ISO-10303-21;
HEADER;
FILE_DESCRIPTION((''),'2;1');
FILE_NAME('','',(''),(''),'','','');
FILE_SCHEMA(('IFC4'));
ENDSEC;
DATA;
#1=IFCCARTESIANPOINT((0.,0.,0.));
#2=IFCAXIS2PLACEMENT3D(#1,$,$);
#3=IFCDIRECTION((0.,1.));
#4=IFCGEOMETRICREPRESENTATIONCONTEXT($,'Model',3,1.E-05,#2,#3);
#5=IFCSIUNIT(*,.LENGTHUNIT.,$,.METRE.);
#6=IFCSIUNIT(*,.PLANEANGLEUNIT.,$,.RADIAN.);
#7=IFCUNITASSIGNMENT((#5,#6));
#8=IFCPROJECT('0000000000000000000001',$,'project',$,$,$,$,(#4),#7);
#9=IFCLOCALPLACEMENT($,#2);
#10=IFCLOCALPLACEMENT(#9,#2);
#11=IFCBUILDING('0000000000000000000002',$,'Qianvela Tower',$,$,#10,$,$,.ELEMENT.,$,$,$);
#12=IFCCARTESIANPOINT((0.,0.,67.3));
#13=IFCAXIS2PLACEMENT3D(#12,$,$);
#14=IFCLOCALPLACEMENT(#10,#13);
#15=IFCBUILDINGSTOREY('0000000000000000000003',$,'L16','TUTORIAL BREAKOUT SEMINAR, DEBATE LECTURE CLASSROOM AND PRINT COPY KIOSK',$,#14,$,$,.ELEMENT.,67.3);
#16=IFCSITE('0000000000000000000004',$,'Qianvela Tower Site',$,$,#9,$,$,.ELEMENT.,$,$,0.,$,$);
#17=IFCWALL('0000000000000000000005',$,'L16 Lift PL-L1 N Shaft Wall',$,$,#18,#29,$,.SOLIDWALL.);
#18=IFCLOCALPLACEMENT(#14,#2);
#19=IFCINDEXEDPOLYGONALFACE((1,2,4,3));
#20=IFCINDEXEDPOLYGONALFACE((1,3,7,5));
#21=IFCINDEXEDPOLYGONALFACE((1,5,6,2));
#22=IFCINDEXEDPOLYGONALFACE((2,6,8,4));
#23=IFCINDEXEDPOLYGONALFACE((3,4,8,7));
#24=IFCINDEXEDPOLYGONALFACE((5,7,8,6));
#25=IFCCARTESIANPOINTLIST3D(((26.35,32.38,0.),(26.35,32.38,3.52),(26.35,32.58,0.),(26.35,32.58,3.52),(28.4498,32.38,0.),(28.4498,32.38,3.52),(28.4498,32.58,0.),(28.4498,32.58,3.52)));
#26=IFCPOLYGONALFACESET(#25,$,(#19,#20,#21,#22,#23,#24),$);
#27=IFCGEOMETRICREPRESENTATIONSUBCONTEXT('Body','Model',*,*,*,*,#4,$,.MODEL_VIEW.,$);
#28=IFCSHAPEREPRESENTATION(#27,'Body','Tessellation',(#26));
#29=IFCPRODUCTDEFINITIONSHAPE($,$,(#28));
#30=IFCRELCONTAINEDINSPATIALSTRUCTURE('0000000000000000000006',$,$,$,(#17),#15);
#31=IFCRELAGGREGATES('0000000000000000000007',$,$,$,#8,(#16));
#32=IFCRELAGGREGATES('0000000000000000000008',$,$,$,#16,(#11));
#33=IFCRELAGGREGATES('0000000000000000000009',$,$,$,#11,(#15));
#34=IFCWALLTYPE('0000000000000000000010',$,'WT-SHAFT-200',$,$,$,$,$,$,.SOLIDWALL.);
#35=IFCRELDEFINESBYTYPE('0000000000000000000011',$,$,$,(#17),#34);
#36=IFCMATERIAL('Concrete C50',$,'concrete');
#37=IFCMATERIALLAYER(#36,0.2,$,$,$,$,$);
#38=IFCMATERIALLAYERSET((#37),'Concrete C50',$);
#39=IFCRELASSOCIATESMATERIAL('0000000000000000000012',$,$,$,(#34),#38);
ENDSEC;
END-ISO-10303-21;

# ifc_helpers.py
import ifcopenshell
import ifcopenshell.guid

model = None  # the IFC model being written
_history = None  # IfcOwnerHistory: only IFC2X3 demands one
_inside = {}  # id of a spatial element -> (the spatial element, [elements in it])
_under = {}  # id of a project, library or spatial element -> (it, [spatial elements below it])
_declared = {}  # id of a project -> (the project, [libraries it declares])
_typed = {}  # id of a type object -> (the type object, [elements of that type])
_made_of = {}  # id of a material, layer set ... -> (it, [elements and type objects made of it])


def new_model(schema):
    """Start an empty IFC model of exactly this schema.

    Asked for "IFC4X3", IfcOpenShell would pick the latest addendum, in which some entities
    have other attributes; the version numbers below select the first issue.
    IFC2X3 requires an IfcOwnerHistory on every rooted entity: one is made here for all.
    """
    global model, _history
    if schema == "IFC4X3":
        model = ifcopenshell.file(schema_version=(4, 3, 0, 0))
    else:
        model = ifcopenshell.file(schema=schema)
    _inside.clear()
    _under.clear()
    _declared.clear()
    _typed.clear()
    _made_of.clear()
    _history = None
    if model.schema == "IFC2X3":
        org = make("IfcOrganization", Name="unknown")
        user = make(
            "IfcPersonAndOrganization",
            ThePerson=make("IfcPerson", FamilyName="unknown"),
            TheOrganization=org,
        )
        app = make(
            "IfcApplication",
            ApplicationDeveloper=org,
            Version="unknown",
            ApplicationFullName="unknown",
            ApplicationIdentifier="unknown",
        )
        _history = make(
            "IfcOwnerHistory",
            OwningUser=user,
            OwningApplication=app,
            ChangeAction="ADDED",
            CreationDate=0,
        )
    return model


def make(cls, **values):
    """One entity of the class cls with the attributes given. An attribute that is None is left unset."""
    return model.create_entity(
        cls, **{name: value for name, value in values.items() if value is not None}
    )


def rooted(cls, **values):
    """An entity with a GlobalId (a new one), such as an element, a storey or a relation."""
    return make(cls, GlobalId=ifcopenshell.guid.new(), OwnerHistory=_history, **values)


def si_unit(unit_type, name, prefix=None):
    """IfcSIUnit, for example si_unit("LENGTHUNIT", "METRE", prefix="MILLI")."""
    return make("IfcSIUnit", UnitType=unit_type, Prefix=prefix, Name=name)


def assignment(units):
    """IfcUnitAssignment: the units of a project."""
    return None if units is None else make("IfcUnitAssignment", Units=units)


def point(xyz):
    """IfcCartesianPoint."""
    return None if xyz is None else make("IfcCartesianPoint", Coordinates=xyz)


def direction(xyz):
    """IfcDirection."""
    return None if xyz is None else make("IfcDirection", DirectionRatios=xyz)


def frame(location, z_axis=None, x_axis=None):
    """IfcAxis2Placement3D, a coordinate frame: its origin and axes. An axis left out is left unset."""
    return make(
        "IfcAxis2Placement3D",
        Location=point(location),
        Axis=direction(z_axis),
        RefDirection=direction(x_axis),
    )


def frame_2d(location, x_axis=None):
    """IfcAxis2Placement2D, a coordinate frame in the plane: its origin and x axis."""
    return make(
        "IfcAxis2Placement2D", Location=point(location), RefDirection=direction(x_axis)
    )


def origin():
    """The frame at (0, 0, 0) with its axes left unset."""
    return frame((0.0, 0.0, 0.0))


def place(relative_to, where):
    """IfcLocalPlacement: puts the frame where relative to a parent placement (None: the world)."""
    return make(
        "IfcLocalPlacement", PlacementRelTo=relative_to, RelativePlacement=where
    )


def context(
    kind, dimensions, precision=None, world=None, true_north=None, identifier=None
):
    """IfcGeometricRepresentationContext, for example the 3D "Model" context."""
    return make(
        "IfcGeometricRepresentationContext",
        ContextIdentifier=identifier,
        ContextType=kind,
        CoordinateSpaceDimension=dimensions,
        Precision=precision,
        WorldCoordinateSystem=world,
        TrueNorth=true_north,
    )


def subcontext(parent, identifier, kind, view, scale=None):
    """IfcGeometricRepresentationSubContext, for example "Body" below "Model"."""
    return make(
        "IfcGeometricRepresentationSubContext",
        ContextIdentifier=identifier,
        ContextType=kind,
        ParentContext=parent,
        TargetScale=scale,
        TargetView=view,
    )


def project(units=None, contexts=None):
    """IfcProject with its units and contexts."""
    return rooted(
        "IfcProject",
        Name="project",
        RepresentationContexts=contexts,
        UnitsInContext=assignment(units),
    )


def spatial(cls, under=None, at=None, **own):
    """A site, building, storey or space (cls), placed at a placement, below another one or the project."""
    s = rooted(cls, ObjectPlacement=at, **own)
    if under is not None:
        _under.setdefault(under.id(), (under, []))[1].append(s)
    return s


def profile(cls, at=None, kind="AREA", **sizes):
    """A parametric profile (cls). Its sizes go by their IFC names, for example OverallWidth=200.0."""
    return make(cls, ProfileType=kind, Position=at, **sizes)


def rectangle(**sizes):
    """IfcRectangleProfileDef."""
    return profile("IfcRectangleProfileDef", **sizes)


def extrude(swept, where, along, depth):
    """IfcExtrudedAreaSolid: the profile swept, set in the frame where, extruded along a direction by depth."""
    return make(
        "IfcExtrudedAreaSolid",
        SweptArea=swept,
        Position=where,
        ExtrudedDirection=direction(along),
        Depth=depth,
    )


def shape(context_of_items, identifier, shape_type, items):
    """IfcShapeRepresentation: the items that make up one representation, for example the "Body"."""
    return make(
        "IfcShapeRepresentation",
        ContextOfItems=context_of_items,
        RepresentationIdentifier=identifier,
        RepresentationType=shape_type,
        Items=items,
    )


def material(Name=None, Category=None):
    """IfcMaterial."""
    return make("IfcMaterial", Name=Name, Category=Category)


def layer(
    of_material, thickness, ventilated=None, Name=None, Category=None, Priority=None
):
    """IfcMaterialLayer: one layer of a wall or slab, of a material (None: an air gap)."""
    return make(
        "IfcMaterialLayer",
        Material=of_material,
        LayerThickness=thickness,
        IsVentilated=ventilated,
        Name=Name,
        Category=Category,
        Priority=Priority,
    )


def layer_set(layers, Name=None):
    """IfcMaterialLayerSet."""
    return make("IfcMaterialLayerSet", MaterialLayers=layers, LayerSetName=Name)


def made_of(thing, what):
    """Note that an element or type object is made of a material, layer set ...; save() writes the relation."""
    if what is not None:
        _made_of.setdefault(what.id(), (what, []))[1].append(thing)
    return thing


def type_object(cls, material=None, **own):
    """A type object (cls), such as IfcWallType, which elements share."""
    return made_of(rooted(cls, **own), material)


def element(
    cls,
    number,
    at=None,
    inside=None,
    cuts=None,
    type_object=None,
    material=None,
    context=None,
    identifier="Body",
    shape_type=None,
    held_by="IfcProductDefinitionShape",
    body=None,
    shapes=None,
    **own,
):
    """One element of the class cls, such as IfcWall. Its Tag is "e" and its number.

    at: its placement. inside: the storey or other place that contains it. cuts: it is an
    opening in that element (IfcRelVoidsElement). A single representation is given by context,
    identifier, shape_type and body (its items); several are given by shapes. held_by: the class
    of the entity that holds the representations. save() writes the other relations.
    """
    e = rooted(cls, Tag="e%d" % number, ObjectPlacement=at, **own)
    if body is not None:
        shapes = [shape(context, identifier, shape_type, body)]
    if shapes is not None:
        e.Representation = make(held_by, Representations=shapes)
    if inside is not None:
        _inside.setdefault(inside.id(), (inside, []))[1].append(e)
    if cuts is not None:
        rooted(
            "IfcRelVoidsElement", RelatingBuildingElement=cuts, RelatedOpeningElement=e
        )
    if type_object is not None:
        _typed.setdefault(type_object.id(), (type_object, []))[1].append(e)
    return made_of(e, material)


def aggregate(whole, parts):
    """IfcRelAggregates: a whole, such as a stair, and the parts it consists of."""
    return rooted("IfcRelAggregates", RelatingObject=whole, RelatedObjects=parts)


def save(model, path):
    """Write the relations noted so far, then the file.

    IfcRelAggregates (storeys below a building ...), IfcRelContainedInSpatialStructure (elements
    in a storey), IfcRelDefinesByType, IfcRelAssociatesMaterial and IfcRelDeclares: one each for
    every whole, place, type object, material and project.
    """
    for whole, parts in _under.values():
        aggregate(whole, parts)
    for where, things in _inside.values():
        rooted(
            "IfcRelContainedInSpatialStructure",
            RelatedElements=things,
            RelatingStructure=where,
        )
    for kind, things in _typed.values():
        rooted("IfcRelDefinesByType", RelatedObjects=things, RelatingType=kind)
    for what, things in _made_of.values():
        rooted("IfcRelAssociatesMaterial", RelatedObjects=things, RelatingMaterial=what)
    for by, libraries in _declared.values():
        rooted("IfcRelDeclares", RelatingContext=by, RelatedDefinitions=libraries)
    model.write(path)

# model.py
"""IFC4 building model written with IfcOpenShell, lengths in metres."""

from ifc_helpers import new_model, si_unit, direction, frame, frame_2d, origin, place, context, subcontext, project, spatial, rectangle, extrude, material, layer, layer_set, type_object, element, save


model = new_model("IFC4")

# Units and contexts
model_context = context("Model", 3, precision=1e-05, world=origin(), true_north=direction((0.0, 1.0)))
body_context = subcontext(model_context, "Body", "Model", "MODEL_VIEW")
ifc_project = project(units=[si_unit("LENGTHUNIT", "METRE"), si_unit("PLANEANGLEUNIT", "RADIAN")], contexts=[model_context])

# Site, building, storey
site_placement = place(None, origin())
site = spatial("IfcSite", under=ifc_project, at=site_placement, Name="Qianvela Tower Site", CompositionType="ELEMENT", RefElevation=0.0)
building_placement = place(site_placement, origin())
building = spatial("IfcBuilding", under=site, at=building_placement, Name="Qianvela Tower", CompositionType="ELEMENT")
storey_placement = place(building_placement, frame((0.0, 0.0, 67.3)))
storey = spatial("IfcBuildingStorey", under=building, at=storey_placement, Name="L16", Description="TUTORIAL BREAKOUT SEMINAR, DEBATE LECTURE CLASSROOM AND PRINT COPY KIOSK", CompositionType="ELEMENT", Elevation=67.3)

# Wall
ifc_material_1 = material(Name="Concrete C50", Category="concrete")
ifc_layer_1 = layer(ifc_material_1, 0.2)
ifc_layer_set_1 = layer_set([ifc_layer_1], Name="Concrete C50")
wall_type_1 = type_object("IfcWallType", Name="WT-SHAFT-200", PredefinedType="SOLIDWALL", material=ifc_layer_set_1)
wall_1_placement = place(storey_placement, frame((26.3501, 32.48, 0.0), z_axis=(0.0, 0.0, 1.0), x_axis=(1.0, 0.0, 0.0)))
element("IfcWall", 1, at=wall_1_placement, inside=storey, type_object=wall_type_1, Name="L16 Lift PL-L1 N Shaft Wall", PredefinedType="SOLIDWALL", context=body_context, shape_type="SweptSolid", body=[
    extrude(rectangle(XDim=2.0999, YDim=0.2, at=frame_2d((1.0498, 0.0))), origin(), (0.0, 0.0, 1.0), 3.52),
])

save(model, "model.ifc")
